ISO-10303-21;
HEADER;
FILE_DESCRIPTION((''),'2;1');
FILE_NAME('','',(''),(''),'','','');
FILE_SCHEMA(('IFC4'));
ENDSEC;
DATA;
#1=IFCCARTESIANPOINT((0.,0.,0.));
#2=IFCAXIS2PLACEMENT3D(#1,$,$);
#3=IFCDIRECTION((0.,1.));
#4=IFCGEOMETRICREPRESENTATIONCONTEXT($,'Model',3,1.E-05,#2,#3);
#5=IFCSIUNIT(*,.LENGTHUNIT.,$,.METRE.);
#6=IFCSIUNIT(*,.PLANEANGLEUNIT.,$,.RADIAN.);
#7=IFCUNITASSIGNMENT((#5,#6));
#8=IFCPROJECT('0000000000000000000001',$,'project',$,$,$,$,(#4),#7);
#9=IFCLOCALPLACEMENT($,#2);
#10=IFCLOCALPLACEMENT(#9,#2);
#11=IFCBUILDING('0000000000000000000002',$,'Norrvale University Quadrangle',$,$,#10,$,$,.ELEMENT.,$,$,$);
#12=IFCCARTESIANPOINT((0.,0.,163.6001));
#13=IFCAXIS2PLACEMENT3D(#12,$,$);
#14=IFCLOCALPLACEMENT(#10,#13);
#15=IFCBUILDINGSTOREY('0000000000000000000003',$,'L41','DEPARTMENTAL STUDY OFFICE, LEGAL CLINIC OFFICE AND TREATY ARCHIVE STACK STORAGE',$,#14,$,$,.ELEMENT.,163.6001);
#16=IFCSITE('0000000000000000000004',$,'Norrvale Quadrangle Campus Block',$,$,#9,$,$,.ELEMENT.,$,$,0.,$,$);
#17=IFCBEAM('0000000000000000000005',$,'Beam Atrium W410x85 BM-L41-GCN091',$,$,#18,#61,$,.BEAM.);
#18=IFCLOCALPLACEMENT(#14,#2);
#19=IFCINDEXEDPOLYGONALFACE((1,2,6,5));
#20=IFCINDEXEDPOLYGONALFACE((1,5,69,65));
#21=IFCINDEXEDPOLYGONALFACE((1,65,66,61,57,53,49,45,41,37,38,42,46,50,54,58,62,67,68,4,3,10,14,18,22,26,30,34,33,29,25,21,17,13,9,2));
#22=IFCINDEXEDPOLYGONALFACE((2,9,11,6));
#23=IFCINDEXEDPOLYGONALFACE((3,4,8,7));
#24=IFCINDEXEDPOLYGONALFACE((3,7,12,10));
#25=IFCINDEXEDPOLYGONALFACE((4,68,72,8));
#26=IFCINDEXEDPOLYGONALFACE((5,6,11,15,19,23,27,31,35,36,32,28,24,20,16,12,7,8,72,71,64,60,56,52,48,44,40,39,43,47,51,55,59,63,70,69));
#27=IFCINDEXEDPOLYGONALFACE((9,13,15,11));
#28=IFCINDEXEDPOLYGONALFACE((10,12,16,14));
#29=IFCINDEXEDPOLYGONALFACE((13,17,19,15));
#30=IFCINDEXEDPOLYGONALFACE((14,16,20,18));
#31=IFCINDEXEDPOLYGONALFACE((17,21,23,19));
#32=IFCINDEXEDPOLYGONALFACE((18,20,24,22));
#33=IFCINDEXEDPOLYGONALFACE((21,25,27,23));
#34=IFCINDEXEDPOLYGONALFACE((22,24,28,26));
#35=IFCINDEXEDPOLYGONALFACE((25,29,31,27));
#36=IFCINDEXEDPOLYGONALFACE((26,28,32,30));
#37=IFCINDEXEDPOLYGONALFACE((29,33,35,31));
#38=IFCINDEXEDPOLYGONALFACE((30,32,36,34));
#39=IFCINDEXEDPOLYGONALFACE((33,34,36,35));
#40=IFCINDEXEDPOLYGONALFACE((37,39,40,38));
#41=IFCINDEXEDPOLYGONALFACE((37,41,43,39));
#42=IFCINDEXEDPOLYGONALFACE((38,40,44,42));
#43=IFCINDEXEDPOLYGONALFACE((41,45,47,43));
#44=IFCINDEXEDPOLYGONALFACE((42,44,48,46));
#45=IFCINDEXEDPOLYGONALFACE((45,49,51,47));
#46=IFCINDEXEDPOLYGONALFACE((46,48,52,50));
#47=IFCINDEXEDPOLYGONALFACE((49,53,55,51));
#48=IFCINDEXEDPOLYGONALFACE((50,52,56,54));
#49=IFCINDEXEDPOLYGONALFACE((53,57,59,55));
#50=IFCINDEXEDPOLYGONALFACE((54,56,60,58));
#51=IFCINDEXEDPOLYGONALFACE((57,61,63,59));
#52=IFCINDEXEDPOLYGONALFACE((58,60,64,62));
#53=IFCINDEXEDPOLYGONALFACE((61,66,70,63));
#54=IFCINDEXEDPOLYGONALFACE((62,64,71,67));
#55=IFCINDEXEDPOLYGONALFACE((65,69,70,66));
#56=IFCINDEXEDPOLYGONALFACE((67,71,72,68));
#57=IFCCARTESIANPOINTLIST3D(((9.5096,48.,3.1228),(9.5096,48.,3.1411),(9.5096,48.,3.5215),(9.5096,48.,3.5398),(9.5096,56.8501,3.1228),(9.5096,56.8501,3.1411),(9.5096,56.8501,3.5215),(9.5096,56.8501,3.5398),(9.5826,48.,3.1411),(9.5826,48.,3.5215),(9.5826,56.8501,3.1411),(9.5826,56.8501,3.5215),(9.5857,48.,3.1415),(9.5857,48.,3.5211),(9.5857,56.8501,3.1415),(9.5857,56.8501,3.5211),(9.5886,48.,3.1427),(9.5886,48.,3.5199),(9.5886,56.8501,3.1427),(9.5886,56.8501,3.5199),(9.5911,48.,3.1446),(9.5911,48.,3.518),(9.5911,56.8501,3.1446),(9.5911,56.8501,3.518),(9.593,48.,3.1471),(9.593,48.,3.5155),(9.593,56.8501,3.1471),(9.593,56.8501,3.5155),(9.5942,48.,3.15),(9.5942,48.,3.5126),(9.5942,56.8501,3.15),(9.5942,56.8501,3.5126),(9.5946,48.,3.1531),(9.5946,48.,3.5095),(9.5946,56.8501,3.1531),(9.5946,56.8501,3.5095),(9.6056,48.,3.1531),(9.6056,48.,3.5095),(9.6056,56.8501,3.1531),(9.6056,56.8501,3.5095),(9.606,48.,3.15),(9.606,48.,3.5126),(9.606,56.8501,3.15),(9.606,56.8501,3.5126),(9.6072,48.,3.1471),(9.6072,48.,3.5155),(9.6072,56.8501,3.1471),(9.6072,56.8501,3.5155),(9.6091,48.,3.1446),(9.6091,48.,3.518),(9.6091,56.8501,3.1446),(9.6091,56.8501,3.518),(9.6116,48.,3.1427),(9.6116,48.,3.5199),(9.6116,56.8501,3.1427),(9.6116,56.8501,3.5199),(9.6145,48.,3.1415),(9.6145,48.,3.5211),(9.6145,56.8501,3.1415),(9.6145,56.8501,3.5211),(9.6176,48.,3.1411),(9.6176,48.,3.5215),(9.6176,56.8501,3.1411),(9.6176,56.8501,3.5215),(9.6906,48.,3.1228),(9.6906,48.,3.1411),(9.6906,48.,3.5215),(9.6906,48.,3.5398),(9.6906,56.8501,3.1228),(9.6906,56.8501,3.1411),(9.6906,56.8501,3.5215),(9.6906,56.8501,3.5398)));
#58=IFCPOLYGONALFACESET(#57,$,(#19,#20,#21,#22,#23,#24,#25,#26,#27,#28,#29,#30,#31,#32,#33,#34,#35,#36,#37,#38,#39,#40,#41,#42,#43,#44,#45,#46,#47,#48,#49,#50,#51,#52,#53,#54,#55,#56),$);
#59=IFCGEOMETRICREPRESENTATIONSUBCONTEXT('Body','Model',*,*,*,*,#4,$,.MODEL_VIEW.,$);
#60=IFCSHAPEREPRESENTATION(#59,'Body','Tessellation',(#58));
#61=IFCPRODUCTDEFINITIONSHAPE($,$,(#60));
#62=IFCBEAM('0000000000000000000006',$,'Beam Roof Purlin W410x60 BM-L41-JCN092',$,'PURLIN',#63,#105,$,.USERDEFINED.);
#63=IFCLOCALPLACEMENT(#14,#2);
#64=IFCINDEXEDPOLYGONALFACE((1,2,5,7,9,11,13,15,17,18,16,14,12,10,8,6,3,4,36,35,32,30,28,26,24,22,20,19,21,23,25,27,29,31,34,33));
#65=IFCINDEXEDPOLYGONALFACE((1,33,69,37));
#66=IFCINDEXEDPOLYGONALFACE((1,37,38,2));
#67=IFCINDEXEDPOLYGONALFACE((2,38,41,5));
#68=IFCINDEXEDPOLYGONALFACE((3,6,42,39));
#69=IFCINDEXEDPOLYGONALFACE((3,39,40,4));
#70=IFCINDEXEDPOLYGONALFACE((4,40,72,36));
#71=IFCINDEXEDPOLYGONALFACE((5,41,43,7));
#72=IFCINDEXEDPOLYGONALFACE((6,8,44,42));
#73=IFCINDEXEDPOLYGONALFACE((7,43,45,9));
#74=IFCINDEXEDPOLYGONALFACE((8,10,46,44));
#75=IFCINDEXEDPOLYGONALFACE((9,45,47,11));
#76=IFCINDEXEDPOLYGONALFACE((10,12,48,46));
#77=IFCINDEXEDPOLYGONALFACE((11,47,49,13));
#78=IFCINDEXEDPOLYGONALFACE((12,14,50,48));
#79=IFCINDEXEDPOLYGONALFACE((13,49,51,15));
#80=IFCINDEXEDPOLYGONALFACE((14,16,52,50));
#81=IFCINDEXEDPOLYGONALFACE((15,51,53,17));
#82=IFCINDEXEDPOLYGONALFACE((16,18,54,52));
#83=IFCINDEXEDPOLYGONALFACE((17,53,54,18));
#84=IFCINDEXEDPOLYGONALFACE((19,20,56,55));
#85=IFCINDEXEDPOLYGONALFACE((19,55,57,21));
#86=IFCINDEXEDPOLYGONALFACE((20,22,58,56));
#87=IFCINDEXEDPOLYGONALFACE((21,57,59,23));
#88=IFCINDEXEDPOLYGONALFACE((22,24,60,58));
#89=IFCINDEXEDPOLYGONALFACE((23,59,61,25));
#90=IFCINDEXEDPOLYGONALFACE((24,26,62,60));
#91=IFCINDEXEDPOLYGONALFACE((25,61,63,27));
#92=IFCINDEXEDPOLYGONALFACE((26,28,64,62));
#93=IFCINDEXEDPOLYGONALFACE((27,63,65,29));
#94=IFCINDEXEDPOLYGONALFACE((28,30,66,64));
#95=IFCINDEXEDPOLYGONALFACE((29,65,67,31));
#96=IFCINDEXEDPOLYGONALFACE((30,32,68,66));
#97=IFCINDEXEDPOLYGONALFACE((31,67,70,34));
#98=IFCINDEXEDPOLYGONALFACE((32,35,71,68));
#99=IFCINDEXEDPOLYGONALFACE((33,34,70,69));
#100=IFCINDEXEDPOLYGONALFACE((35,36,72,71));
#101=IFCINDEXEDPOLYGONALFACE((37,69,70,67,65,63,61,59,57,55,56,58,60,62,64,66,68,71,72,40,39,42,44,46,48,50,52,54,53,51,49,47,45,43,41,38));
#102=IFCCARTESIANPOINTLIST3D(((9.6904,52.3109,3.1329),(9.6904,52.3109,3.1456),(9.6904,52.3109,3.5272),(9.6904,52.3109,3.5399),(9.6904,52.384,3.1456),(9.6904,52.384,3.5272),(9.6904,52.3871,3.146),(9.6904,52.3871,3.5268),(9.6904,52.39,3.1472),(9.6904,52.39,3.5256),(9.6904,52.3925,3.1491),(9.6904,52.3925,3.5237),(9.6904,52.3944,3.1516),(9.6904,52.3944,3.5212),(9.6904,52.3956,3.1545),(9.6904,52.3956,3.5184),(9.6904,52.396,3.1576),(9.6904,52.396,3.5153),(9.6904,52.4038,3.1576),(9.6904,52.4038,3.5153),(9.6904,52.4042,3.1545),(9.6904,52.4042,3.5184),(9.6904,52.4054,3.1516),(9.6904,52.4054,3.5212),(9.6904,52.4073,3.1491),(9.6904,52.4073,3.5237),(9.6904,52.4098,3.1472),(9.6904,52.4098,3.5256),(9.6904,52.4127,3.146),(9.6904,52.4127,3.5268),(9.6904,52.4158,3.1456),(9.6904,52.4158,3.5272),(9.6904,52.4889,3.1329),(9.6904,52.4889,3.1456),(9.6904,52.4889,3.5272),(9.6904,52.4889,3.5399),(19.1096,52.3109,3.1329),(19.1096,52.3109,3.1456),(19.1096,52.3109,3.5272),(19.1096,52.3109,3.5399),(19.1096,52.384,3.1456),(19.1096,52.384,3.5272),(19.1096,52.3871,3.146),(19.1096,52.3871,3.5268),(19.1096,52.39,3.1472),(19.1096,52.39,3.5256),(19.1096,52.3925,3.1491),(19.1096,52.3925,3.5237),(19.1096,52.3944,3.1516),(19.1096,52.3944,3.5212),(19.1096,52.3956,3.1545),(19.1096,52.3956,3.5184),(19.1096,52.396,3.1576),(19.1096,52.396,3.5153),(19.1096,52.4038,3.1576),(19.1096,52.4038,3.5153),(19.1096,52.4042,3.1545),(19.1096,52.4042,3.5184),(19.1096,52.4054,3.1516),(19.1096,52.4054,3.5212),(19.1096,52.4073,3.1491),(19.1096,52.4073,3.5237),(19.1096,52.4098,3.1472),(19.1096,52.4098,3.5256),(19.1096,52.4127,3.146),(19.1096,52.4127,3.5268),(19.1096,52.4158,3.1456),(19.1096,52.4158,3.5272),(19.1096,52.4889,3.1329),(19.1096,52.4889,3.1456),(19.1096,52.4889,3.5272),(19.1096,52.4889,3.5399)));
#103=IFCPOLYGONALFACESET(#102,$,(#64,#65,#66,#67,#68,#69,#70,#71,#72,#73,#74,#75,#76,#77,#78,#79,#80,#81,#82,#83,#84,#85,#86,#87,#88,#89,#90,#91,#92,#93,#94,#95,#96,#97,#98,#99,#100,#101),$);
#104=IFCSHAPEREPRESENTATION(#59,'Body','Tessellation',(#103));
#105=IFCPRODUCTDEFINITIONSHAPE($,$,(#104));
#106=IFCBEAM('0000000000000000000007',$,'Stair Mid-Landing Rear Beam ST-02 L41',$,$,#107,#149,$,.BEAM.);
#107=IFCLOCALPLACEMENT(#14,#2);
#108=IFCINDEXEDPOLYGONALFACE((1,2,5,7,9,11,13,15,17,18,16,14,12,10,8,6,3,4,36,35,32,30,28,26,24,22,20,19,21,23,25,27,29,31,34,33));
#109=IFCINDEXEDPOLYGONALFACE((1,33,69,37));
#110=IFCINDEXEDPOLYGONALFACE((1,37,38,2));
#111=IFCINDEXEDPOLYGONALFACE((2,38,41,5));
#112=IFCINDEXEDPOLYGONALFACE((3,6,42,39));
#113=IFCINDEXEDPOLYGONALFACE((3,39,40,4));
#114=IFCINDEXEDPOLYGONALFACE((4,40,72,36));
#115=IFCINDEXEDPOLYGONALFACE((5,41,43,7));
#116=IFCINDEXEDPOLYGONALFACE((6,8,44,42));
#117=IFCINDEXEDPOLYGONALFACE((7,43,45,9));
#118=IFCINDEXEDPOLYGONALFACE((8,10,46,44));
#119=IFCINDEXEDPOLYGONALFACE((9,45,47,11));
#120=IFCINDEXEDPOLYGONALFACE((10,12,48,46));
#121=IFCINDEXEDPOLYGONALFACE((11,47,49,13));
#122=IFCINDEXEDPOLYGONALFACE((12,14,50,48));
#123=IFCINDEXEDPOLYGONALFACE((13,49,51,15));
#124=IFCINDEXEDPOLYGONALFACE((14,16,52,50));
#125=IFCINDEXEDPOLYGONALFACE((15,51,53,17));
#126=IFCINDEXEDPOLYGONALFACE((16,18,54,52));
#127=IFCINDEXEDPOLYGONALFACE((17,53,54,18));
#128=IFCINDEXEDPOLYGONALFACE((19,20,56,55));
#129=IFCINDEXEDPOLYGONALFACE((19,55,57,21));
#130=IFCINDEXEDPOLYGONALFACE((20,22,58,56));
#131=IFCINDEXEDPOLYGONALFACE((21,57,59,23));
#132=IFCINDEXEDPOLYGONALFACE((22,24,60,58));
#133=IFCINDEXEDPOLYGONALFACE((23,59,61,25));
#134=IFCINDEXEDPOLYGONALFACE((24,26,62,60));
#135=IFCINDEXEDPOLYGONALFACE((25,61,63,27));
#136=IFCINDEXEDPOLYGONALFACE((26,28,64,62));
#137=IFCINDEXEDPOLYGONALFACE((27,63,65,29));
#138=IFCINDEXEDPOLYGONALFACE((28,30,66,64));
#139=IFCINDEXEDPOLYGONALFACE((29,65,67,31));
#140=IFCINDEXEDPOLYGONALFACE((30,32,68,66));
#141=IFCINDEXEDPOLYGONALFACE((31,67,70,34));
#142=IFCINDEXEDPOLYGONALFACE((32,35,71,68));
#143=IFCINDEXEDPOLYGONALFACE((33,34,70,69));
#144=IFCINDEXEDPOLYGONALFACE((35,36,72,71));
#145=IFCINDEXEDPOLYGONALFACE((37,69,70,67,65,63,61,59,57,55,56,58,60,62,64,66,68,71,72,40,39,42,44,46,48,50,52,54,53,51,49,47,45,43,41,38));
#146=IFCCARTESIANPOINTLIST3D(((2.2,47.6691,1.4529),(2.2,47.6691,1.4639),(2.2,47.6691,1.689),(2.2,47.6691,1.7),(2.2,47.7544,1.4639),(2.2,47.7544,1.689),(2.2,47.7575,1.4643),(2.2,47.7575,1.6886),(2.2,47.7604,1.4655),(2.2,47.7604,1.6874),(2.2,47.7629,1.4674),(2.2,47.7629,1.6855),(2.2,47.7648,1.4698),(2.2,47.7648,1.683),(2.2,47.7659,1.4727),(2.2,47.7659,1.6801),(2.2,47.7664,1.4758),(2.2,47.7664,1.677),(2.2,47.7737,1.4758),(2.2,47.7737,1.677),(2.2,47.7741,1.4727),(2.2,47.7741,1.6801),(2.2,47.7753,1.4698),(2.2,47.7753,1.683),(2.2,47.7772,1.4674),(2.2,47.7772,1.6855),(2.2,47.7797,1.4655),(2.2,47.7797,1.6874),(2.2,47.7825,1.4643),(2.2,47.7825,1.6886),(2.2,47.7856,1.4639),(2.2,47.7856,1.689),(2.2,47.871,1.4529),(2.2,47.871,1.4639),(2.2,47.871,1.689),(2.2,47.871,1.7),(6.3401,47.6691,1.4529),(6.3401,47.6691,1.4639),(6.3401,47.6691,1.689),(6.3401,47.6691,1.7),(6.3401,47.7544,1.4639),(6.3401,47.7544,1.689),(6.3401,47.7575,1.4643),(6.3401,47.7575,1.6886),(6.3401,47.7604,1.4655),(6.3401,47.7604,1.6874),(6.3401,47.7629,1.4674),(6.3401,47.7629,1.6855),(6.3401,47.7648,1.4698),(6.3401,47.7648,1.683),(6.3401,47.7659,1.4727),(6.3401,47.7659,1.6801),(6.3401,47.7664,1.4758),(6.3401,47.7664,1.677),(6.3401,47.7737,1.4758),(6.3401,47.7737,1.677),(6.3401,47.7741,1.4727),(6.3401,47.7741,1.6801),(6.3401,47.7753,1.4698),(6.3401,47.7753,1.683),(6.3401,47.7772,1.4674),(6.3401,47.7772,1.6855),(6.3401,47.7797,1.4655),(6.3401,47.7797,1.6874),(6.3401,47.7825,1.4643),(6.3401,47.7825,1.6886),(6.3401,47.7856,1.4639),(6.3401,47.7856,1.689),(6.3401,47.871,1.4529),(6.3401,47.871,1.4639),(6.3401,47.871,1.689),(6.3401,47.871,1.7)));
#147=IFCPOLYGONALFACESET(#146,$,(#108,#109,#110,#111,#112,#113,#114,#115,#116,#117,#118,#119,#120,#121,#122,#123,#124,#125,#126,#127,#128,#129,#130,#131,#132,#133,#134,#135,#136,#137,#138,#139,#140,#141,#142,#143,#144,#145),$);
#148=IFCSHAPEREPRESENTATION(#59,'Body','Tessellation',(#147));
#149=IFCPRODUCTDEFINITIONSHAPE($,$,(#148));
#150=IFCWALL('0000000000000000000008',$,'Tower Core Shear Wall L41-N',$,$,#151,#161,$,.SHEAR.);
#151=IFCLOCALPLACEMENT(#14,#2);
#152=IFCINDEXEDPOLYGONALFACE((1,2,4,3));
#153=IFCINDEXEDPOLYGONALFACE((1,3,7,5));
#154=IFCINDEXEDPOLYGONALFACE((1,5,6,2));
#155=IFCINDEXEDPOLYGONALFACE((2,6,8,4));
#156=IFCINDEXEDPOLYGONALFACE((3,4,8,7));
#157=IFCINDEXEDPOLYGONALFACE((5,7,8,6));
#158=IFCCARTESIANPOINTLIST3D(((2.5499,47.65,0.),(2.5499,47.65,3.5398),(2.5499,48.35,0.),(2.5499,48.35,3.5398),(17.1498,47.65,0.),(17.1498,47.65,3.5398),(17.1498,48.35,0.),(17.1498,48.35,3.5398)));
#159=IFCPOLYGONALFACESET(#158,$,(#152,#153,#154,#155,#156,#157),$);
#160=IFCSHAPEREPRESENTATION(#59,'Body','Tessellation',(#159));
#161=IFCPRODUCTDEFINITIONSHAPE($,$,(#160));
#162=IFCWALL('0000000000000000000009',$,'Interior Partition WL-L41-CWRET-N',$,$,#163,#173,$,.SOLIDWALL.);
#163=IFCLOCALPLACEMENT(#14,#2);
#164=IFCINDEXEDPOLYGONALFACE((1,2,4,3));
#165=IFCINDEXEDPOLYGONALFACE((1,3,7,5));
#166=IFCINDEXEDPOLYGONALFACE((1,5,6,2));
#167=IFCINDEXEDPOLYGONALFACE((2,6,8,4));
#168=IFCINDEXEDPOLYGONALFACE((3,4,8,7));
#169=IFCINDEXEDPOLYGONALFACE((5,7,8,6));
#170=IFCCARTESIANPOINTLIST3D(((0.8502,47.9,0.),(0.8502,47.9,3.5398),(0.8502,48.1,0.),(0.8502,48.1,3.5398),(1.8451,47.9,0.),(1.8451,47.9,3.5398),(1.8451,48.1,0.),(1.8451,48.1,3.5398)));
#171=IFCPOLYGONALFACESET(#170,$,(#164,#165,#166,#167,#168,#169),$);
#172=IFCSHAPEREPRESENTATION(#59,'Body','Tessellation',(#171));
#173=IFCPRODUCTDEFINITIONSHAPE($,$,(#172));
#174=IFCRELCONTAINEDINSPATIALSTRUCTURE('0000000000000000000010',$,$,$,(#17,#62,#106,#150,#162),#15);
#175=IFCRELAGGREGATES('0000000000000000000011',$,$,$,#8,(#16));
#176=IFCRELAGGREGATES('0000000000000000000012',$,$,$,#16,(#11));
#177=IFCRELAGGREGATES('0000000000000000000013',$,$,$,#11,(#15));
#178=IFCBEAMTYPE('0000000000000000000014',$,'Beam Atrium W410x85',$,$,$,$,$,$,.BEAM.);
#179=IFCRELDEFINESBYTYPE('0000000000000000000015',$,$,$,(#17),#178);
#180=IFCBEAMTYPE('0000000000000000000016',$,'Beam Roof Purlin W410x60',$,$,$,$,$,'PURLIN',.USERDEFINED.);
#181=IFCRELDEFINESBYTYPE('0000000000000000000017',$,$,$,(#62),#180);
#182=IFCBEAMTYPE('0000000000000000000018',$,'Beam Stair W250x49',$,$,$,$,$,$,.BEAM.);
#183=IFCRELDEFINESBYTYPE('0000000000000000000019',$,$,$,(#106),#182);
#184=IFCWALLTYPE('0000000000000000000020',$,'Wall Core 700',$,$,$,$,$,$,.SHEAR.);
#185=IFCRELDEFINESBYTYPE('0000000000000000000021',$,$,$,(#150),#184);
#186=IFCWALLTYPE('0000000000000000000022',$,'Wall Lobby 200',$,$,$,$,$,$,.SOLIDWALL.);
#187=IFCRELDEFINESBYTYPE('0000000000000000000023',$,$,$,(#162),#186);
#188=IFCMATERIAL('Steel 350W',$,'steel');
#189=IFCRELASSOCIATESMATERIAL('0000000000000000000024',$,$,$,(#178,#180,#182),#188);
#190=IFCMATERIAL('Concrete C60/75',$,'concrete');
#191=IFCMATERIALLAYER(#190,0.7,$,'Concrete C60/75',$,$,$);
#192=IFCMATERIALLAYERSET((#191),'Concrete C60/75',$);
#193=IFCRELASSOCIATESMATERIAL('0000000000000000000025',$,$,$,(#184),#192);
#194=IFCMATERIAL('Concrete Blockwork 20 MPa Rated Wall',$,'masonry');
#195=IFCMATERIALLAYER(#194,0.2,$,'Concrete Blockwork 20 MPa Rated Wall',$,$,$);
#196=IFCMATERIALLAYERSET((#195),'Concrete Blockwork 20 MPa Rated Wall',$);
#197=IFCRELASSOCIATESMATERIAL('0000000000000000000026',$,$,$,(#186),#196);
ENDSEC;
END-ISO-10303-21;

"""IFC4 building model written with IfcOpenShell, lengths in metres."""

from ifc_helpers import new_model, si_unit, direction, frame, frame_2d, origin, origin_2d, place, context, subcontext, project, spatial, rectangle, i_section, extrude, material, layer, layer_set, material_profile, profile_set, type_object, element, save


model = new_model("IFC4")

# Units and contexts
model_context = context("Model", 3, precision=1e-05, world=origin(), true_north=direction((0.0, 1.0)))
body_context = subcontext(model_context, "Body", "Model", "MODEL_VIEW")
ifc_project = project(units=[si_unit("LENGTHUNIT", "METRE"), si_unit("PLANEANGLEUNIT", "RADIAN")], contexts=[model_context])

# Site, building, storey
site_placement = place(None, origin())
site = spatial("IfcSite", under=ifc_project, at=site_placement, Name="Norrvale Quadrangle Campus Block", CompositionType="ELEMENT", RefElevation=0.0)
building_placement = place(site_placement, origin())
building = spatial("IfcBuilding", under=site, at=building_placement, Name="Norrvale University Quadrangle", CompositionType="ELEMENT")
storey_placement = place(building_placement, frame((0.0, 0.0, 163.6001)))
storey = spatial("IfcBuildingStorey", under=building, at=storey_placement, Name="L41", Description="DEPARTMENTAL STUDY OFFICE, LEGAL CLINIC OFFICE AND TREATY ARCHIVE STACK STORAGE", CompositionType="ELEMENT", Elevation=163.6001)

# Shared definitions
ifc_material_1 = material(Name="Concrete C60/75", Category="concrete")

# Beams
ifc_material_2 = material(Name="Steel 350W", Category="steel")
ifc_material_profile_1 = material_profile(ifc_material_2, i_section(OverallWidth=0.1809, OverallDepth=0.417, WebThickness=0.011, FlangeThickness=0.0183, FilletRadius=0.012, at=origin_2d()), Name="Steel 350W")
ifc_profile_set_1 = profile_set([ifc_material_profile_1], Name="Steel 350W")
beam_type_1 = type_object("IfcBeamType", Name="Beam Atrium W410x85", PredefinedType="BEAM", material=ifc_profile_set_1)
beam_1_placement = place(storey_placement, frame((9.6001, 48.0, 3.3313), z_axis=(0.0, 1.0, 0.0), x_axis=(-1.0, 0.0, 0.0)))
element("IfcBeam", 1, at=beam_1_placement, inside=storey, type_object=beam_type_1, Name="Beam Atrium W410x85 BM-L41-GCN091", PredefinedType="BEAM", context=body_context, shape_type="SweptSolid", body=[
    extrude(i_section(OverallWidth=0.1809, OverallDepth=0.417, WebThickness=0.011, FlangeThickness=0.0183, FilletRadius=0.012, at=origin_2d()), origin(), (0.0, 0.0, 1.0), 8.8501),
])
ifc_material_profile_2 = material_profile(ifc_material_2, i_section(OverallWidth=0.178, OverallDepth=0.407, WebThickness=0.0078, FlangeThickness=0.0127, FilletRadius=0.012, at=origin_2d()), Name="Steel 350W")
ifc_profile_set_2 = profile_set([ifc_material_profile_2], Name="Steel 350W")
beam_type_2 = type_object("IfcBeamType", Name="Beam Roof Purlin W410x60", ElementType="PURLIN", PredefinedType="USERDEFINED", material=ifc_profile_set_2)
beam_2_placement = place(storey_placement, frame((9.6904, 52.3999, 3.3364), z_axis=(1.0, 0.0, 0.0), x_axis=(0.0, 1.0, 0.0)))
element("IfcBeam", 2, at=beam_2_placement, inside=storey, type_object=beam_type_2, Name="Beam Roof Purlin W410x60 BM-L41-JCN092", ObjectType="PURLIN", PredefinedType="USERDEFINED", context=body_context, shape_type="SweptSolid", body=[
    extrude(i_section(OverallWidth=0.178, OverallDepth=0.407, WebThickness=0.0078, FlangeThickness=0.0127, FilletRadius=0.012, at=origin_2d()), origin(), (0.0, 0.0, 1.0), 9.4192),
])
ifc_material_profile_3 = material_profile(ifc_material_2, i_section(OverallWidth=0.2019, OverallDepth=0.2471, WebThickness=0.0073, FlangeThickness=0.011, FilletRadius=0.012, at=origin_2d()), Name="Steel 350W")
ifc_profile_set_3 = profile_set([ifc_material_profile_3], Name="Steel 350W")
beam_type_3 = type_object("IfcBeamType", Name="Beam Stair W250x49", PredefinedType="BEAM", material=ifc_profile_set_3)
beam_3_placement = place(storey_placement, frame((2.2, 47.77, 1.5764), z_axis=(1.0, 0.0, 0.0), x_axis=(0.0, 1.0, 0.0)))
element("IfcBeam", 3, at=beam_3_placement, inside=storey, type_object=beam_type_3, Name="Stair Mid-Landing Rear Beam ST-02 L41", PredefinedType="BEAM", context=body_context, shape_type="SweptSolid", body=[
    extrude(i_section(OverallWidth=0.2019, OverallDepth=0.2471, WebThickness=0.0073, FlangeThickness=0.011, FilletRadius=0.012, at=origin_2d()), origin(), (0.0, 0.0, 1.0), 4.1401),
])

# Walls
ifc_layer_1 = layer(ifc_material_1, 0.7, Name="Concrete C60/75")
ifc_layer_set_1 = layer_set([ifc_layer_1], Name="Concrete C60/75")
wall_type_1 = type_object("IfcWallType", Name="Wall Core 700", PredefinedType="SHEAR", material=ifc_layer_set_1)
wall_1_placement = place(storey_placement, frame((2.55, 48.0, 0.0), z_axis=(0.0, 0.0, 1.0), x_axis=(1.0, 0.0, 0.0)))
element("IfcWall", 4, at=wall_1_placement, inside=storey, type_object=wall_type_1, Name="Tower Core Shear Wall L41-N", PredefinedType="SHEAR", context=body_context, shape_type="SweptSolid", body=[
    extrude(rectangle(XDim=14.5999, YDim=0.7, at=frame_2d((7.2998, 0.0))), origin(), (0.0, 0.0, 1.0), 3.5398),
])
ifc_material_3 = material(Name="Concrete Blockwork 20 MPa Rated Wall", Category="masonry")
ifc_layer_2 = layer(ifc_material_3, 0.2, Name="Concrete Blockwork 20 MPa Rated Wall")
ifc_layer_set_2 = layer_set([ifc_layer_2], Name="Concrete Blockwork 20 MPa Rated Wall")
wall_type_2 = type_object("IfcWallType", Name="Wall Lobby 200", PredefinedType="SOLIDWALL", material=ifc_layer_set_2)
wall_2_placement = place(storey_placement, frame((0.8501, 48.0, 0.0), z_axis=(0.0, 0.0, 1.0), x_axis=(1.0, 0.0, 0.0)))
element("IfcWall", 5, at=wall_2_placement, inside=storey, type_object=wall_type_2, Name="Interior Partition WL-L41-CWRET-N", PredefinedType="SOLIDWALL", context=body_context, shape_type="SweptSolid", body=[
    extrude(rectangle(XDim=0.9949, YDim=0.2, at=frame_2d((0.4976, 0.0))), origin(), (0.0, 0.0, 1.0), 3.5398),
])

save(model, "model.ifc")
